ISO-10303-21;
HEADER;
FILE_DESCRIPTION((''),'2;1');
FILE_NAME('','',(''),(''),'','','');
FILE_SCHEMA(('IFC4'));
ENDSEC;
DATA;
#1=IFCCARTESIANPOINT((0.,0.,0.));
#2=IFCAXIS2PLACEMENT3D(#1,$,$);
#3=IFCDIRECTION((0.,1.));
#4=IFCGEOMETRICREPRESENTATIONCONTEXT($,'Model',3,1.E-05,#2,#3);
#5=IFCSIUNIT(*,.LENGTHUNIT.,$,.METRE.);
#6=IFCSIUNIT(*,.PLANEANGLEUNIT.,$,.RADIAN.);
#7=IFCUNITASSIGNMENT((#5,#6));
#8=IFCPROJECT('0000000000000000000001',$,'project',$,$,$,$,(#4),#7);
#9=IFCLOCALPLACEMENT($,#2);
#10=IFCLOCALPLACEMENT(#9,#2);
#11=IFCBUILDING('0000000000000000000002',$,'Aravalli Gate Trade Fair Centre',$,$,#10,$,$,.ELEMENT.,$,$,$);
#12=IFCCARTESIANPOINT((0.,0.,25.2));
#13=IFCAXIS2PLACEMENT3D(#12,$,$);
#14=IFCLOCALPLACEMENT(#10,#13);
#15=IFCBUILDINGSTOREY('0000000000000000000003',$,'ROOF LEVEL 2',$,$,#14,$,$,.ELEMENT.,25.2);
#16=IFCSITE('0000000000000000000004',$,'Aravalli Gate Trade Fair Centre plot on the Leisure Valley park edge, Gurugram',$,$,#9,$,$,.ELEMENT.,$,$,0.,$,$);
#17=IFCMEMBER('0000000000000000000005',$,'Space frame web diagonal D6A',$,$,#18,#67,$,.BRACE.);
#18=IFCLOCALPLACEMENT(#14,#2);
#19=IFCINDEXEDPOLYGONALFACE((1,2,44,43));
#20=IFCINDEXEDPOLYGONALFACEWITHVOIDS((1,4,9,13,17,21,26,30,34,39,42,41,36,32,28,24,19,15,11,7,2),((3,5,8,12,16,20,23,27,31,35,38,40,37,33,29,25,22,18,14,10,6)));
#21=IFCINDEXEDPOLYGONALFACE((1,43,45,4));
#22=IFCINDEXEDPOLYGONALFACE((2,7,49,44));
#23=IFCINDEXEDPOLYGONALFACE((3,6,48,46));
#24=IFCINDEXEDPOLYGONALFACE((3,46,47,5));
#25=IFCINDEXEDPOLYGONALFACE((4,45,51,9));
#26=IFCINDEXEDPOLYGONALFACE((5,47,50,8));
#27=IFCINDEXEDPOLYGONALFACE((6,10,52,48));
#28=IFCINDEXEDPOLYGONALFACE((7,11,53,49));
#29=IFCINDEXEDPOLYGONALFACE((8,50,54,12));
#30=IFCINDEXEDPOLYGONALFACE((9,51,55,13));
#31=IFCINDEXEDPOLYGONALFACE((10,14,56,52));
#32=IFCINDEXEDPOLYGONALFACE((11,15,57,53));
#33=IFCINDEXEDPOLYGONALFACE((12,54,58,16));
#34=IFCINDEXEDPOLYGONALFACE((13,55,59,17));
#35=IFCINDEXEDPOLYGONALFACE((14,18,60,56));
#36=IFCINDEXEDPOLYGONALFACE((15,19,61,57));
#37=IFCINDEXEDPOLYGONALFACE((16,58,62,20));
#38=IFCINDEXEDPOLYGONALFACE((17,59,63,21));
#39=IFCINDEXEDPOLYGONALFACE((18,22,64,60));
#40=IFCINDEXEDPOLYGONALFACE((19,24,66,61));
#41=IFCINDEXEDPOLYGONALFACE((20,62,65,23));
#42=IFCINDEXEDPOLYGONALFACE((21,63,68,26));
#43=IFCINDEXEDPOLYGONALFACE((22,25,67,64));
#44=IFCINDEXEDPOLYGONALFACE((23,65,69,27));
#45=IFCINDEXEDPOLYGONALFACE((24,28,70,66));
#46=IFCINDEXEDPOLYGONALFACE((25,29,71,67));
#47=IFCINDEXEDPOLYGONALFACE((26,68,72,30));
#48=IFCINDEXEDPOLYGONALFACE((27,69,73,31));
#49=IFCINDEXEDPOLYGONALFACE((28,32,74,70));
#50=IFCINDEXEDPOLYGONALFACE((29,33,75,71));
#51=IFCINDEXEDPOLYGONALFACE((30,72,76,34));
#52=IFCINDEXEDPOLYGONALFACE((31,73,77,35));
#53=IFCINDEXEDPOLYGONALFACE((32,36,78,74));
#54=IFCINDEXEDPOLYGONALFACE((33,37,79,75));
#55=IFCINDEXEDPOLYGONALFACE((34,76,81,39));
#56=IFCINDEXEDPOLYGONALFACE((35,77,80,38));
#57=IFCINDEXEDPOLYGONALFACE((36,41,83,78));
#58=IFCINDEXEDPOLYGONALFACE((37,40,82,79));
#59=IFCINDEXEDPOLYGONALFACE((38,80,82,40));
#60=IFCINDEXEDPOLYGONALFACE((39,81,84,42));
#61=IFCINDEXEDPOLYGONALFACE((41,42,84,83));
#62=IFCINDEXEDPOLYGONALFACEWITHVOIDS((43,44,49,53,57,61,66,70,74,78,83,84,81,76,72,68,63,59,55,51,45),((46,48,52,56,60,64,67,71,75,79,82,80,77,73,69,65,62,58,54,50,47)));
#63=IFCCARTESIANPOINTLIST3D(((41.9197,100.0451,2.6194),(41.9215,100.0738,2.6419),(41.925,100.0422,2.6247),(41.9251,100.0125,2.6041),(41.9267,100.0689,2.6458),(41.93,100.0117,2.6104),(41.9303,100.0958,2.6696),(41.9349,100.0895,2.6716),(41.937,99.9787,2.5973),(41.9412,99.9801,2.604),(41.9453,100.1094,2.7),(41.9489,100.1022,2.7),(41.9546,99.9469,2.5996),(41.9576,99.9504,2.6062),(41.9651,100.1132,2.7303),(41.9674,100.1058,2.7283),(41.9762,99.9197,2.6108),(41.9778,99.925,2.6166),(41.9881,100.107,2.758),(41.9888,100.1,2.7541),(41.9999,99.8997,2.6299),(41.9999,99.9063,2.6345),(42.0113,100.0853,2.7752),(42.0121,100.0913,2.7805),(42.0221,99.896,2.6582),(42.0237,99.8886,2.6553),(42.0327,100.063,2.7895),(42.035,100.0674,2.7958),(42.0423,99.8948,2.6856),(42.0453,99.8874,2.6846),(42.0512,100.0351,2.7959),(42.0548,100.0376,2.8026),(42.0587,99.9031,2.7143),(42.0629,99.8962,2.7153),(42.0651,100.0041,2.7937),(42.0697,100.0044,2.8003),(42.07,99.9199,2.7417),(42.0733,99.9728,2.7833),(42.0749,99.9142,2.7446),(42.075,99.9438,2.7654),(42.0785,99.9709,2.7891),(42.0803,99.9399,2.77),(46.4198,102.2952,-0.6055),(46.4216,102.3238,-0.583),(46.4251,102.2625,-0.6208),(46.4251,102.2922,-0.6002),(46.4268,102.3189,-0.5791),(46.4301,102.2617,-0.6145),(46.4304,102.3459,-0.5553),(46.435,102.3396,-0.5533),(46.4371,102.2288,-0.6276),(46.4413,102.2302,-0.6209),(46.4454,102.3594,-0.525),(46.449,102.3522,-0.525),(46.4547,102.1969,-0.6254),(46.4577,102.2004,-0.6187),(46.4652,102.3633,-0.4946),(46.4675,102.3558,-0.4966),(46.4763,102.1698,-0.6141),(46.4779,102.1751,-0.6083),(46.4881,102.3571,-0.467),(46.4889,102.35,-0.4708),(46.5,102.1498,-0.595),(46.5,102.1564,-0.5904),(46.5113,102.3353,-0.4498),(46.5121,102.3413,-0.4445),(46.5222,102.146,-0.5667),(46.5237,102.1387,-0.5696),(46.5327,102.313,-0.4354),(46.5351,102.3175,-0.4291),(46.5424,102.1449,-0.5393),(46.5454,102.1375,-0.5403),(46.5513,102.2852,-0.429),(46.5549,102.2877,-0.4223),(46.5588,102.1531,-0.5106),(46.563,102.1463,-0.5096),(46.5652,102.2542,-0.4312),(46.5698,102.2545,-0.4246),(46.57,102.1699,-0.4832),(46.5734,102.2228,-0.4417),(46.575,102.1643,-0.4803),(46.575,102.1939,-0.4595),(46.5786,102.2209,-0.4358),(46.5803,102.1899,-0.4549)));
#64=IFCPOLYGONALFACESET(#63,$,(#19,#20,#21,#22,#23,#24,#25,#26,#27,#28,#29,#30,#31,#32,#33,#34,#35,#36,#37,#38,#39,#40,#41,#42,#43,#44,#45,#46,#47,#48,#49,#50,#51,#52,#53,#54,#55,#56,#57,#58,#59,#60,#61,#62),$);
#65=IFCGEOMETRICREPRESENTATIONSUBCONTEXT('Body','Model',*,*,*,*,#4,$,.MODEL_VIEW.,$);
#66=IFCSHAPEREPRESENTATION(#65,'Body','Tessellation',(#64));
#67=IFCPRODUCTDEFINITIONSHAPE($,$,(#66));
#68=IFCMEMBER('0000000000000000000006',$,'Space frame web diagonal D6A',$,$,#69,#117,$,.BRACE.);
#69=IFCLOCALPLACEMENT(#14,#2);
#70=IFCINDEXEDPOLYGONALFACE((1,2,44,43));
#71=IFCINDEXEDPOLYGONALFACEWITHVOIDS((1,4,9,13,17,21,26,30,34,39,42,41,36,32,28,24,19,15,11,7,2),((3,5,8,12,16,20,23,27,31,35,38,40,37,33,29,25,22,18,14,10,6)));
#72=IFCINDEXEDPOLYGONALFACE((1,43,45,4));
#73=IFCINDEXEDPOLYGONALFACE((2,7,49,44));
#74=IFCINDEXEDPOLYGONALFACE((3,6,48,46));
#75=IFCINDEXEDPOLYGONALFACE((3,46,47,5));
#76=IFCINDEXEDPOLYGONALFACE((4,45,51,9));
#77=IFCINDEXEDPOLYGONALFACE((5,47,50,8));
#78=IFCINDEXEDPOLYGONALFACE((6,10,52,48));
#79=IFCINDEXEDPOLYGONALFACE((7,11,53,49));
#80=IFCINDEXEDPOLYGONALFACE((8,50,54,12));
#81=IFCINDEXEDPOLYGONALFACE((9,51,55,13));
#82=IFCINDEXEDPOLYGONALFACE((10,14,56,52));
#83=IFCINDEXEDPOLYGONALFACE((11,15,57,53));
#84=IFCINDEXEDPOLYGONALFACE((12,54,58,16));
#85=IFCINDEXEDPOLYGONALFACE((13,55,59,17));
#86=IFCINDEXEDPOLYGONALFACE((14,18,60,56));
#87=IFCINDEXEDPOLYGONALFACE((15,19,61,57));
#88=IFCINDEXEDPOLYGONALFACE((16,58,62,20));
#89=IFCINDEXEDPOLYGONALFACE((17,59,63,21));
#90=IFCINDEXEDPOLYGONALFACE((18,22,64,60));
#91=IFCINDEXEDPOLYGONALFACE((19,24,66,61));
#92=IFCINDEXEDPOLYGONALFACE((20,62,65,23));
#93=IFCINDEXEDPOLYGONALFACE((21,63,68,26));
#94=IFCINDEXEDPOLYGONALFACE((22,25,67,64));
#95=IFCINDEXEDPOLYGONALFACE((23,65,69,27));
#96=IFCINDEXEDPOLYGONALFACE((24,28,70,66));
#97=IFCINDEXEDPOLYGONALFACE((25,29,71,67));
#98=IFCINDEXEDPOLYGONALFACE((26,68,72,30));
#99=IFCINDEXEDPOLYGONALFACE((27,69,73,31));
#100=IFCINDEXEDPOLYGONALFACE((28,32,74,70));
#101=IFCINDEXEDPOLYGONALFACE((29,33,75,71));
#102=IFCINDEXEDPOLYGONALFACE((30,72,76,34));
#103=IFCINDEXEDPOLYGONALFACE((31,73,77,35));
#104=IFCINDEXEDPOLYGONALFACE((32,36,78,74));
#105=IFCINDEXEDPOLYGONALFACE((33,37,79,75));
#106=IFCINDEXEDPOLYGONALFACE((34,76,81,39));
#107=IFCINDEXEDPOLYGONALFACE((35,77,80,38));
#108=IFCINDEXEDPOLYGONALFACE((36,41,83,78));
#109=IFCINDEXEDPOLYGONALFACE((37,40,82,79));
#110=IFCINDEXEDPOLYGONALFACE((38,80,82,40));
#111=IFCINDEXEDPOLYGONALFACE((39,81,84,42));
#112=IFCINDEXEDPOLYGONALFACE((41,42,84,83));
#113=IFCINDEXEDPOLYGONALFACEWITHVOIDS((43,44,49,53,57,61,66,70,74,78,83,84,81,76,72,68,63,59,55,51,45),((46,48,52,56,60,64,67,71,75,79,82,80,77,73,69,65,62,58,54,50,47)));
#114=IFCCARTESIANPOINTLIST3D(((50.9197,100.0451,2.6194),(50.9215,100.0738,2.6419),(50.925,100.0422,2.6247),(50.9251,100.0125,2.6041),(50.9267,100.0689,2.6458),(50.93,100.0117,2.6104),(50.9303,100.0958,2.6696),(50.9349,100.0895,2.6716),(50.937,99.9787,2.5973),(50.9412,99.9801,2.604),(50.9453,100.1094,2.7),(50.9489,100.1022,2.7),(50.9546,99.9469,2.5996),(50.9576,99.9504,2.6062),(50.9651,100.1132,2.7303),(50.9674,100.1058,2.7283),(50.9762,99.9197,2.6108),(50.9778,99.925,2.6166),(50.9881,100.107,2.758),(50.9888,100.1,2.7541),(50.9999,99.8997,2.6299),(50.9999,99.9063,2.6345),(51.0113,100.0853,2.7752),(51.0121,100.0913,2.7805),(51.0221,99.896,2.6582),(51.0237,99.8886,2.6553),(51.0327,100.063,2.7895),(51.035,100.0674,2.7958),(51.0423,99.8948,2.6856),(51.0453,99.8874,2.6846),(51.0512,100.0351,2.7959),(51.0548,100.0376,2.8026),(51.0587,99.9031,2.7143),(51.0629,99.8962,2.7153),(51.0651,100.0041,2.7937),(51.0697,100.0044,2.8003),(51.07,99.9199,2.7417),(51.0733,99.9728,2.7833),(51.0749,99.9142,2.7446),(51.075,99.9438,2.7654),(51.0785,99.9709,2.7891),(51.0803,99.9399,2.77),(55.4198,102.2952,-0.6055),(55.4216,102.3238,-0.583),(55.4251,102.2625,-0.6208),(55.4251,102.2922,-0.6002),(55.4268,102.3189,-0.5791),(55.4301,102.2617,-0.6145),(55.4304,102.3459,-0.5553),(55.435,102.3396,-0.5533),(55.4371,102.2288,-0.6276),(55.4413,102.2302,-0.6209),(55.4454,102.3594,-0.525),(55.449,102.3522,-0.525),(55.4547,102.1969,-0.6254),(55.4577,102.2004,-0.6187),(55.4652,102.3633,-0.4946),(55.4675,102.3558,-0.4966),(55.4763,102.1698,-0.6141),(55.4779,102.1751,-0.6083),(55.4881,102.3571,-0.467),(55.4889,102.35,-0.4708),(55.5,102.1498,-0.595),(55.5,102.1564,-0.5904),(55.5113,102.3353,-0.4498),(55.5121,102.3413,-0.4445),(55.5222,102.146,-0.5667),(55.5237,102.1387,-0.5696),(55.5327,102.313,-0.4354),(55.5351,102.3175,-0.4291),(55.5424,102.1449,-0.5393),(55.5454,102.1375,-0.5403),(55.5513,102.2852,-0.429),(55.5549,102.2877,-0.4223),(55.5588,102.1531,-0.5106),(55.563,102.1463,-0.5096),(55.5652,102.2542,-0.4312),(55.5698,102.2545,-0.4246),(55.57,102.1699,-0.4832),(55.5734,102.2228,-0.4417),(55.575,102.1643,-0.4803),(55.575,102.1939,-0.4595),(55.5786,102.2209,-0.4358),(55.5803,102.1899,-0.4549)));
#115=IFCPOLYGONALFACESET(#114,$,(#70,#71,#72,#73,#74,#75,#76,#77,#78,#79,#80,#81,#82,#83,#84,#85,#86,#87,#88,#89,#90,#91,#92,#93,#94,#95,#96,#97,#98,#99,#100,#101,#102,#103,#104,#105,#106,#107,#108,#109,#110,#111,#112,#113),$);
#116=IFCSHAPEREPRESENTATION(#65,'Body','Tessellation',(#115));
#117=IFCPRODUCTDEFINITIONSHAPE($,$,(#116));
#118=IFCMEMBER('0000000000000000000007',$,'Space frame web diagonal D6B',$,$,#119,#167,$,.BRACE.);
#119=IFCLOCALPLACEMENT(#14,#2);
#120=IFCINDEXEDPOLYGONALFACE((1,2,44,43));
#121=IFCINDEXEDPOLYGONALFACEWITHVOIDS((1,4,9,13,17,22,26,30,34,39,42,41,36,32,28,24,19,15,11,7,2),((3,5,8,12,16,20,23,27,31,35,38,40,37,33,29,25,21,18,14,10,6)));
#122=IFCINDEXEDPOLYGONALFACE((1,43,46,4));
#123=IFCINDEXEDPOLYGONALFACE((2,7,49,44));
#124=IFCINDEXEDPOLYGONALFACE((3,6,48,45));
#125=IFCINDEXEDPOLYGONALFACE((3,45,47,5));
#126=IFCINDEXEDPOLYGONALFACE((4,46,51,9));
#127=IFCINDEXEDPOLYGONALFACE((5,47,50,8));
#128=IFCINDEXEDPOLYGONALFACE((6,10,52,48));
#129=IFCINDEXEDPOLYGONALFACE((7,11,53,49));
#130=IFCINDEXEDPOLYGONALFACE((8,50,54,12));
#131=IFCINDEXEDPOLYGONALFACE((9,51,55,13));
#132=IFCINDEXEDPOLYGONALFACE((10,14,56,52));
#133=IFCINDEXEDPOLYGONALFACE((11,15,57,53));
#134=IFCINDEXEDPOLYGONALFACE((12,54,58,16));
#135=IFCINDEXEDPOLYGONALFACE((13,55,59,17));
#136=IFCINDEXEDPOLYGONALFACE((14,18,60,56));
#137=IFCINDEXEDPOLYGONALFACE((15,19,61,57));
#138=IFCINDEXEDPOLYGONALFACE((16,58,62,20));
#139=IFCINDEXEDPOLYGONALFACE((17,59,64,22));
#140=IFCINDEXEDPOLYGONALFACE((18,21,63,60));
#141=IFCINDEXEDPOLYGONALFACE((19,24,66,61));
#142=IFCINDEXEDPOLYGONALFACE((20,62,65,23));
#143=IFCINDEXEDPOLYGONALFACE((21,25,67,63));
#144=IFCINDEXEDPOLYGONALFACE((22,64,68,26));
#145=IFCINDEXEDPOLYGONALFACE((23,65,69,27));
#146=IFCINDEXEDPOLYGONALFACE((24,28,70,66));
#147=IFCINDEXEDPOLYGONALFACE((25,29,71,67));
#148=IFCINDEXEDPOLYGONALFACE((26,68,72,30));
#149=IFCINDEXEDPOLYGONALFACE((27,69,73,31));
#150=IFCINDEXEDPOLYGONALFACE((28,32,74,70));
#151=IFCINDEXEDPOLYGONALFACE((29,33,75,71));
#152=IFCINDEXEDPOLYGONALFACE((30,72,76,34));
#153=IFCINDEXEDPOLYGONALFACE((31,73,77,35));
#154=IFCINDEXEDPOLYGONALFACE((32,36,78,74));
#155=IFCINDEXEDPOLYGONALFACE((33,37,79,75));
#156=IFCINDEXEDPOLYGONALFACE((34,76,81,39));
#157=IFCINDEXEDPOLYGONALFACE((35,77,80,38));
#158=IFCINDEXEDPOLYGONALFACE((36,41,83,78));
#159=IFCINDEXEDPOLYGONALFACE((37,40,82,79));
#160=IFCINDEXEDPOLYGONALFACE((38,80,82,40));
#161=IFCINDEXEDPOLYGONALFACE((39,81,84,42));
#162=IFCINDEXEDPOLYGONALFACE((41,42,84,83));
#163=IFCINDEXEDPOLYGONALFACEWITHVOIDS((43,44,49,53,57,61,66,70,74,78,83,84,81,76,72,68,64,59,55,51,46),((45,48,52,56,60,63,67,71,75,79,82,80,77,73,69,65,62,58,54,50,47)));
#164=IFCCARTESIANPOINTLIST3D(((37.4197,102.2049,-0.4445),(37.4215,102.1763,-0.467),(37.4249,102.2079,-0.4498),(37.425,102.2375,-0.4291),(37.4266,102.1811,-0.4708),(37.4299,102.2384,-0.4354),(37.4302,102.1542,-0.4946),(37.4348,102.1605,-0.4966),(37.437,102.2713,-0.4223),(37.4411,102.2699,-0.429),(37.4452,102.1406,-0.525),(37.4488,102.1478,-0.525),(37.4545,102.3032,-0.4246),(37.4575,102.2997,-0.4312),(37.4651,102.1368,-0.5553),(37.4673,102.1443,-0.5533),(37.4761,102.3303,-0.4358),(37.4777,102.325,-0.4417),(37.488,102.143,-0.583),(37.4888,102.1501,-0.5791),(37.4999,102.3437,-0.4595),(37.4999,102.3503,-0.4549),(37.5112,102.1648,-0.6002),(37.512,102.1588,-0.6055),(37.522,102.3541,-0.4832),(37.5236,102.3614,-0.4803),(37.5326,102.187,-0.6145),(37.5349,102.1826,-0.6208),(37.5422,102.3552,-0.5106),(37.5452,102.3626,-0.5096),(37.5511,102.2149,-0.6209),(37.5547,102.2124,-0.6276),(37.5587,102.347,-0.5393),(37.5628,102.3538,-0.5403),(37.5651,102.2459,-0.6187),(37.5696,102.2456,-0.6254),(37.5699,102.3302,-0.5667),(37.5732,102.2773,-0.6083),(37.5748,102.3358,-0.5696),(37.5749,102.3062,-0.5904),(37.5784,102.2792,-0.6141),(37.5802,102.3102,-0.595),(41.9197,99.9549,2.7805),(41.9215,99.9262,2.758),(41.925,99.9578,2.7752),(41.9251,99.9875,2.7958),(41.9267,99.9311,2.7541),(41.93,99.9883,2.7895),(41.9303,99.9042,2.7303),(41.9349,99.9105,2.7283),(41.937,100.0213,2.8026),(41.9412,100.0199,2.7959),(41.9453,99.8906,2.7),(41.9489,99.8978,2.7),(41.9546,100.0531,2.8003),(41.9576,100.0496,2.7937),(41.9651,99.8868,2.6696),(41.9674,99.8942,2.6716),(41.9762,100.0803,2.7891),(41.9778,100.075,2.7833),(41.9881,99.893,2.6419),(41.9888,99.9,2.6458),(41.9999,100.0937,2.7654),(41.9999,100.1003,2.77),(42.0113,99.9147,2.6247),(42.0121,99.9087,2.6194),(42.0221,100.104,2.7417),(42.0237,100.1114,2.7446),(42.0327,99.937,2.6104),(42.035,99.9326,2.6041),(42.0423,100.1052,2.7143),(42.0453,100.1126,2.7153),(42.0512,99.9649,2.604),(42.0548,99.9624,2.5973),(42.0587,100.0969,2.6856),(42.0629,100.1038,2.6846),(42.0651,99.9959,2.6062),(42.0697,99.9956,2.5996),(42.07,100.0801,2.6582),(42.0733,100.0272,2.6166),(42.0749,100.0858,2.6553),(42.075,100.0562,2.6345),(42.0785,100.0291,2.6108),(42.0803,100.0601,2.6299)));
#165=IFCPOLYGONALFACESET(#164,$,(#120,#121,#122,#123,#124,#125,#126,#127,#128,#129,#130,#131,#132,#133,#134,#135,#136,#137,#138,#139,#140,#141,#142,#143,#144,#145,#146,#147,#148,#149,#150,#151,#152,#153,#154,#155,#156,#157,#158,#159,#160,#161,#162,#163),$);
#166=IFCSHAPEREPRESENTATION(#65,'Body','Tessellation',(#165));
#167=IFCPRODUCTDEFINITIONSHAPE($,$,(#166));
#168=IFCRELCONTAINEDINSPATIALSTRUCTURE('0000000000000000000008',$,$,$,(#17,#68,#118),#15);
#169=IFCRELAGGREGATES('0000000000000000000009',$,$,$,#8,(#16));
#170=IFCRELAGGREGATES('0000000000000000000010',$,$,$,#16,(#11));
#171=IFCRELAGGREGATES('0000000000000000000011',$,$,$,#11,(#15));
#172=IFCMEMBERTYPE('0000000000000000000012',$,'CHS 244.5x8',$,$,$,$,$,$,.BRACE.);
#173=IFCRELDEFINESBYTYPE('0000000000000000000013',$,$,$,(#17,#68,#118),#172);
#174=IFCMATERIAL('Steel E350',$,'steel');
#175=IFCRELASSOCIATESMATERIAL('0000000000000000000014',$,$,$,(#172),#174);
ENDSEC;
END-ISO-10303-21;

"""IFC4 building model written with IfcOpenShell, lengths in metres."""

from ifc_helpers import new_model, si_unit, direction, frame, origin, origin_2d, place, context, subcontext, project, spatial, hollow_circle, extrude, material, material_profile, profile_set, type_object, element, save


model = new_model("IFC4")

# Units and contexts
model_context = context("Model", 3, precision=1e-05, world=origin(), true_north=direction((0.0, 1.0)))
body_context = subcontext(model_context, "Body", "Model", "MODEL_VIEW")
ifc_project = project(units=[si_unit("LENGTHUNIT", "METRE"), si_unit("PLANEANGLEUNIT", "RADIAN")], contexts=[model_context])

# Site, building, storey
site_placement = place(None, origin())
site = spatial("IfcSite", under=ifc_project, at=site_placement, Name="Aravalli Gate Trade Fair Centre plot on the Leisure Valley park edge, Gurugram", CompositionType="ELEMENT", RefElevation=0.0)
building_placement = place(site_placement, origin())
building = spatial("IfcBuilding", under=site, at=building_placement, Name="Aravalli Gate Trade Fair Centre", CompositionType="ELEMENT")
storey_placement = place(building_placement, frame((0.0, 0.0, 25.2)))
storey = spatial("IfcBuildingStorey", under=building, at=storey_placement, Name="ROOF LEVEL 2", CompositionType="ELEMENT", Elevation=25.2)

# Members
ifc_material = material(Name="Steel E350", Category="steel")
ifc_material_profile_1 = material_profile(ifc_material, hollow_circle(Radius=0.1223, WallThickness=0.0081, at=origin_2d()), Name="CHS 244.5x8")
ifc_profile_set_1 = profile_set([ifc_material_profile_1], Name="Steel E350")
member_type_1 = type_object("IfcMemberType", Name="CHS 244.5x8", PredefinedType="BRACE", material=ifc_profile_set_1)
for number, where, z_axis, x_axis, name in (
    (1, (42.0, 100.0, 2.7), (0.753016, 0.376508, -0.539637), (-0.447214, 0.894427, 0.0), "Space frame web diagonal D6A"),
    (2, (51.0, 100.0, 2.7), (0.753016, 0.376508, -0.539637), (-0.447214, 0.894427, 0.0), "Space frame web diagonal D6A"),
    (3, (42.0, 100.0, 2.7), (-0.753016, 0.376508, -0.539637), (-0.447214, -0.894427, 0.0), "Space frame web diagonal D6B"),
):
    element("IfcMember", number, at=place(storey_placement, frame(where, z_axis=z_axis, x_axis=x_axis)), inside=storey, type_object=member_type_1, Name=name, PredefinedType="BRACE", context=body_context, shape_type="SweptSolid", body=[
        extrude(hollow_circle(Radius=0.1223, WallThickness=0.0081, at=origin_2d()), origin(), (0.0, 0.0, 1.0), 5.9761),
    ])

save(model, "model.ifc")
